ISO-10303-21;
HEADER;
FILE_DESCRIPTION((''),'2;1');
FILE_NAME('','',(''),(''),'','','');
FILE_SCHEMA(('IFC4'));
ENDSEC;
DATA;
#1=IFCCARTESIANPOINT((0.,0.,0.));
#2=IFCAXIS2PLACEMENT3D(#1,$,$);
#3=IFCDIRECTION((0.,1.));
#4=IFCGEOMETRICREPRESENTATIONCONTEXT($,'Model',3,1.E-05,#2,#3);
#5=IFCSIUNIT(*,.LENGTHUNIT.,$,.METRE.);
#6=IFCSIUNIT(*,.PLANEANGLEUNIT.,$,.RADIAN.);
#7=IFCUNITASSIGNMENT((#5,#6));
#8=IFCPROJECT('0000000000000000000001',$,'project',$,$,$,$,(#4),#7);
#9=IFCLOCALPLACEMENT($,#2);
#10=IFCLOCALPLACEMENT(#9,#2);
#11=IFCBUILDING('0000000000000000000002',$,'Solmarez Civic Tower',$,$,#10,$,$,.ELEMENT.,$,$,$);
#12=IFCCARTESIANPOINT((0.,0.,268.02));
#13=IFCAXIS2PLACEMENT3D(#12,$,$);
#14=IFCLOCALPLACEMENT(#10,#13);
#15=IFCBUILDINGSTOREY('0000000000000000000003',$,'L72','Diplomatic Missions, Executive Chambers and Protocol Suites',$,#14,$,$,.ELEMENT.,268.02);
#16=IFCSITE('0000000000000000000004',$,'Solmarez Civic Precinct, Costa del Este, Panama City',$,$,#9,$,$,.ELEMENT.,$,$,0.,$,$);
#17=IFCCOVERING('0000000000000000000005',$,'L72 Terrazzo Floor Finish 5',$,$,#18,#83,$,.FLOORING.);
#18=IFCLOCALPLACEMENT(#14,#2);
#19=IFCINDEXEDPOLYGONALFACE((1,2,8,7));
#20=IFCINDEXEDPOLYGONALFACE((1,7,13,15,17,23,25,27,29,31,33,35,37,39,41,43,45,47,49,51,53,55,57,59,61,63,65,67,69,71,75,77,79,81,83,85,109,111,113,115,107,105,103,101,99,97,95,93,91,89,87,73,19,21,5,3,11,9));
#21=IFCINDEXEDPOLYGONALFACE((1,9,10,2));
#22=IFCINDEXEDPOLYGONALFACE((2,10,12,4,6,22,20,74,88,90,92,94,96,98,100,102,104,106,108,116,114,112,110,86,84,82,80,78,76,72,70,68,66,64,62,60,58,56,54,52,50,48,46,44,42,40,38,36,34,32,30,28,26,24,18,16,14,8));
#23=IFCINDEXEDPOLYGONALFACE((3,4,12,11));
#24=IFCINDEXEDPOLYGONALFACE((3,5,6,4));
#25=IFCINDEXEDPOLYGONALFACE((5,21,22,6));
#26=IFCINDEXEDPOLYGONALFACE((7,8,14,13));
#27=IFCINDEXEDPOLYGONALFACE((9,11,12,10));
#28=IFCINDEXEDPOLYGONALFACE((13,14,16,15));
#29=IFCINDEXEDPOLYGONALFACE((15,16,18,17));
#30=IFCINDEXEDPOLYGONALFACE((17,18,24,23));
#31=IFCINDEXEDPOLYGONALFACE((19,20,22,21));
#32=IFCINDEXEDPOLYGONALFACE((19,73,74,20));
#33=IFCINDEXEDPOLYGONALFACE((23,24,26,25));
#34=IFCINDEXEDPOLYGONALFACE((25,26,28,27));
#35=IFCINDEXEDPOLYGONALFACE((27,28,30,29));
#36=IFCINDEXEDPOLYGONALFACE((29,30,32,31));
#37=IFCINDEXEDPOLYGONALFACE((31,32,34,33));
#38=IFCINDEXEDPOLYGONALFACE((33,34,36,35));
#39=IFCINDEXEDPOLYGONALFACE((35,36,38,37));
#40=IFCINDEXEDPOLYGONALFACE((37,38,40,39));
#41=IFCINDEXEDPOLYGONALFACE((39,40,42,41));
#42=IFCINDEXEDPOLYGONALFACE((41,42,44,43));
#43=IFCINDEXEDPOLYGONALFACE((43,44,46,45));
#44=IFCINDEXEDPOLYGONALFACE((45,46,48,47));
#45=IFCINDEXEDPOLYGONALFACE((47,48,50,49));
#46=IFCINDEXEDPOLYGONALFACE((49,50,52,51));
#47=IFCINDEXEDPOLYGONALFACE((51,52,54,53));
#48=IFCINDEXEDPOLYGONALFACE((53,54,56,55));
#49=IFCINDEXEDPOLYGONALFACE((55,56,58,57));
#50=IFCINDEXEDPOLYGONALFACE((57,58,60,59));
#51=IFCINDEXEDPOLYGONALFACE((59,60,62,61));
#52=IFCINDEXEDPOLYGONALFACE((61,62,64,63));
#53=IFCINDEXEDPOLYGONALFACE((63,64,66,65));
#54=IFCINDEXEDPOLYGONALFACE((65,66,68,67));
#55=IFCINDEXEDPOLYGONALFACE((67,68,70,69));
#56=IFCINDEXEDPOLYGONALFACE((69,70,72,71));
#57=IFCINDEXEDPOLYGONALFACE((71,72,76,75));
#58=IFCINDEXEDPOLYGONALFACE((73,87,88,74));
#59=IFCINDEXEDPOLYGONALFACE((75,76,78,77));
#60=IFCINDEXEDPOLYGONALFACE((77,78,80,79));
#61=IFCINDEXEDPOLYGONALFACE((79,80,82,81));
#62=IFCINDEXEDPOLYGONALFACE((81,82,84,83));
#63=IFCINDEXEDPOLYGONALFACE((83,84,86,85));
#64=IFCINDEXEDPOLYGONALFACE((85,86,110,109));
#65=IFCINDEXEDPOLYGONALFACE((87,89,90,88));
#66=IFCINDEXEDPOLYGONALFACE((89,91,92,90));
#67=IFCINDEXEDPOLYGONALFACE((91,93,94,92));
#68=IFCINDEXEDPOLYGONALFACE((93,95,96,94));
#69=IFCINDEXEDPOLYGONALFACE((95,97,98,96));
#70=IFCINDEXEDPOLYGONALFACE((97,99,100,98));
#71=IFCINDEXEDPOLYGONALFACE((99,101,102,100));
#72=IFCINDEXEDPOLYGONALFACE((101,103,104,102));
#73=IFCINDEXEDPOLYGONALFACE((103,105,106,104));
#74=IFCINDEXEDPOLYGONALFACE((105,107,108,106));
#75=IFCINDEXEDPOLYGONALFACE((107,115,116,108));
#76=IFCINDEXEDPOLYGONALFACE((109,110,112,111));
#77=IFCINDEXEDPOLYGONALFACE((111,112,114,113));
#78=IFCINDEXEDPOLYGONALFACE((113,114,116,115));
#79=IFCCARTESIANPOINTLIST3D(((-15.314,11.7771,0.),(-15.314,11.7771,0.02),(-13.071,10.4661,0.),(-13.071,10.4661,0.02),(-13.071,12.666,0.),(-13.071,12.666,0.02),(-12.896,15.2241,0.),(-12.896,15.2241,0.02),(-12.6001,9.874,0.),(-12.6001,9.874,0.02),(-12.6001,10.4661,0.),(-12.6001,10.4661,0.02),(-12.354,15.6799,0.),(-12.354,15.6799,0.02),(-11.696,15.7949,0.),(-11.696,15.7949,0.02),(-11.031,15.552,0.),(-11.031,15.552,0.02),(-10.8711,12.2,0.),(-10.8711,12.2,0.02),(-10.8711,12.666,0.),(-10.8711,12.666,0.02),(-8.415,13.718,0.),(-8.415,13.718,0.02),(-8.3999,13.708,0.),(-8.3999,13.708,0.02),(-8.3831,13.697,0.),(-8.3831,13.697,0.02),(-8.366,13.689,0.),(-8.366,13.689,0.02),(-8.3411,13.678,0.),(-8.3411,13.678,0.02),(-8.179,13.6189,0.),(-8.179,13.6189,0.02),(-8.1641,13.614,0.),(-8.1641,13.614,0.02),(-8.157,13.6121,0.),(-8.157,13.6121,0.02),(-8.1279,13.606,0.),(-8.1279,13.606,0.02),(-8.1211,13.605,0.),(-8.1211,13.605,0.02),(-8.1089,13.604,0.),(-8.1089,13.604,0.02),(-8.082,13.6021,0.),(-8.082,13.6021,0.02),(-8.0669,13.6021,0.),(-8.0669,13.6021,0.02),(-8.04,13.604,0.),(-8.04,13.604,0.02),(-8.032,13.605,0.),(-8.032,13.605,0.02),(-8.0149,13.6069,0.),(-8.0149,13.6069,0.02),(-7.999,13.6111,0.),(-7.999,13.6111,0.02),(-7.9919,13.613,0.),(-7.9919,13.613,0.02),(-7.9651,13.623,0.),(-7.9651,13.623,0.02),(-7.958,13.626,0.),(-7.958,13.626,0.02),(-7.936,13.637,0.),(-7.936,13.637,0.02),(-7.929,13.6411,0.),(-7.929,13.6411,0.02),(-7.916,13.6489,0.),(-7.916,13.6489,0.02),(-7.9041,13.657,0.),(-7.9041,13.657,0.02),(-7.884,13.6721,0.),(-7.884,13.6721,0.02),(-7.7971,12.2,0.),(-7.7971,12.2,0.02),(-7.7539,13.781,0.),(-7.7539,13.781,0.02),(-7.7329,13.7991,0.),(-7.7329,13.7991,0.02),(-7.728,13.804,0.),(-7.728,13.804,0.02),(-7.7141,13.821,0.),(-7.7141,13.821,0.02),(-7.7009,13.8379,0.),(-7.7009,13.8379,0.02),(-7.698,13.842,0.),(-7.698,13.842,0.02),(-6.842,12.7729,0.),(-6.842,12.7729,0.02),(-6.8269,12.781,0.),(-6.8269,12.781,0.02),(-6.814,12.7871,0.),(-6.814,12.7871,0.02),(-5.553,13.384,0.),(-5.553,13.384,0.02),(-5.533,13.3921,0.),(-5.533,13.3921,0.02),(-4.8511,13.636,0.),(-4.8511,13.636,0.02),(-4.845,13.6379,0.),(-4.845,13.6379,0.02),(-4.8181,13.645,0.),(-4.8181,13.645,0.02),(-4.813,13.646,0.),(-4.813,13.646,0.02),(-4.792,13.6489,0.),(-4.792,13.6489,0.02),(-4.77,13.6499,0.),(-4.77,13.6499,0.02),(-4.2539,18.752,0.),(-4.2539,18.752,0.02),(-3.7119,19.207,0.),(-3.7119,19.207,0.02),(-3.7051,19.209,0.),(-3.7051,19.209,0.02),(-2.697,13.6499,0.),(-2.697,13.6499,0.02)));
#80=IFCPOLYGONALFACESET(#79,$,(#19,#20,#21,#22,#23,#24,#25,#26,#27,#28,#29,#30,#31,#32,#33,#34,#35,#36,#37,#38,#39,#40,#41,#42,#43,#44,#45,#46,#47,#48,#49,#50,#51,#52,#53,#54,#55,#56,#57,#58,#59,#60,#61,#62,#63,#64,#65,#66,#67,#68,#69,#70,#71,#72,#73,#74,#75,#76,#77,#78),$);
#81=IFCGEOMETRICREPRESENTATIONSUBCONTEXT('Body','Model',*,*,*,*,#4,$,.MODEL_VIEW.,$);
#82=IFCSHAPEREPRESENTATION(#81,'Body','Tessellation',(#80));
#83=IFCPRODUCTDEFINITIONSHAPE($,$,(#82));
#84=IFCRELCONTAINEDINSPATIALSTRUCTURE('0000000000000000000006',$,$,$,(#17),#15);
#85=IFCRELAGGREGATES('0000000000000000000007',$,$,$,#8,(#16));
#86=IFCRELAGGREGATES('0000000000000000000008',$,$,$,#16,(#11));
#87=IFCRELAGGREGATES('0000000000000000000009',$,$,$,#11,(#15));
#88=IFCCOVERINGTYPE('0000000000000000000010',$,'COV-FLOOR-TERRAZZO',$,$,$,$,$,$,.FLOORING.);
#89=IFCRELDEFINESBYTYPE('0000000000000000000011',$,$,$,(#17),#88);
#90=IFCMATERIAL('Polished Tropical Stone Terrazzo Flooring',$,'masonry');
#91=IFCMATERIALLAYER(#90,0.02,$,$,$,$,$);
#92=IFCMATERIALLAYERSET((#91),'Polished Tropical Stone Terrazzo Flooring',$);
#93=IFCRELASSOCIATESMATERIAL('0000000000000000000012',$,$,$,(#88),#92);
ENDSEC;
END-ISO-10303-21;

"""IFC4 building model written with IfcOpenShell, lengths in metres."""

from ifc_helpers import new_model, si_unit, direction, frame, origin, place, context, subcontext, project, spatial, polyline, outline, extrude, material, layer, layer_set, type_object, element, save


model = new_model("IFC4")

# Units and contexts
model_context = context("Model", 3, precision=1e-05, world=origin(), true_north=direction((0.0, 1.0)))
body_context = subcontext(model_context, "Body", "Model", "MODEL_VIEW")
ifc_project = project(units=[si_unit("LENGTHUNIT", "METRE"), si_unit("PLANEANGLEUNIT", "RADIAN")], contexts=[model_context])

# Site, building, storey
site_placement = place(None, origin())
site = spatial("IfcSite", under=ifc_project, at=site_placement, Name="Solmarez Civic Precinct, Costa del Este, Panama City", CompositionType="ELEMENT", RefElevation=0.0)
building_placement = place(site_placement, origin())
building = spatial("IfcBuilding", under=site, at=building_placement, Name="Solmarez Civic Tower", CompositionType="ELEMENT")
storey_placement = place(building_placement, frame((0.0, 0.0, 268.02)))
storey = spatial("IfcBuildingStorey", under=building, at=storey_placement, Name="L72", Description="Diplomatic Missions, Executive Chambers and Protocol Suites", CompositionType="ELEMENT", Elevation=268.02)

# Covering
ifc_material_1 = material(Name="Polished Tropical Stone Terrazzo Flooring", Category="masonry")
ifc_layer_1 = layer(ifc_material_1, 0.02)
ifc_layer_set_1 = layer_set([ifc_layer_1], Name="Polished Tropical Stone Terrazzo Flooring")
covering_type_1 = type_object("IfcCoveringType", Name="COV-FLOOR-TERRAZZO", PredefinedType="FLOORING", material=ifc_layer_set_1)
covering_1_placement = place(storey_placement, origin())
element("IfcCovering", 1, at=covering_1_placement, inside=storey, type_object=covering_type_1, Name="L72 Terrazzo Floor Finish 5", PredefinedType="FLOORING", context=body_context, shape_type="SweptSolid", body=[
    extrude(outline(polyline([(-12.6001, 9.874), (-12.6001, 10.4661), (-13.071, 10.4661), (-13.071, 12.666), (-10.8711, 12.666), (-10.8711, 12.2), (-7.7971, 12.2), (-6.842, 12.7729), (-6.8269, 12.781), (-6.814, 12.7871), (-5.553, 13.384), (-5.533, 13.3921), (-4.8511, 13.636), (-4.845, 13.6379), (-4.8181, 13.645), (-4.813, 13.646), (-4.792, 13.6489), (-4.77, 13.6499), (-2.697, 13.6499), (-3.7051, 19.209), (-3.7119, 19.207), (-4.2539, 18.752), (-7.698, 13.842), (-7.7009, 13.8379), (-7.7141, 13.821), (-7.728, 13.804), (-7.7329, 13.7991), (-7.7539, 13.781), (-7.884, 13.6721), (-7.9041, 13.657), (-7.916, 13.6489), (-7.929, 13.6411), (-7.936, 13.637), (-7.958, 13.626), (-7.9651, 13.623), (-7.9919, 13.613), (-7.999, 13.6111), (-8.0149, 13.6069), (-8.032, 13.605), (-8.04, 13.604), (-8.0669, 13.6021), (-8.082, 13.6021), (-8.1089, 13.604), (-8.1211, 13.605), (-8.1279, 13.606), (-8.157, 13.6121), (-8.1641, 13.614), (-8.179, 13.6189), (-8.3411, 13.678), (-8.366, 13.689), (-8.3831, 13.697), (-8.3999, 13.708), (-8.415, 13.718), (-11.031, 15.552), (-11.696, 15.7949), (-12.354, 15.6799), (-12.896, 15.2241), (-15.314, 11.7771), (-12.6001, 9.874)])), origin(), (0.0, 0.0, 1.0), 0.02),
])

save(model, "model.ifc")
